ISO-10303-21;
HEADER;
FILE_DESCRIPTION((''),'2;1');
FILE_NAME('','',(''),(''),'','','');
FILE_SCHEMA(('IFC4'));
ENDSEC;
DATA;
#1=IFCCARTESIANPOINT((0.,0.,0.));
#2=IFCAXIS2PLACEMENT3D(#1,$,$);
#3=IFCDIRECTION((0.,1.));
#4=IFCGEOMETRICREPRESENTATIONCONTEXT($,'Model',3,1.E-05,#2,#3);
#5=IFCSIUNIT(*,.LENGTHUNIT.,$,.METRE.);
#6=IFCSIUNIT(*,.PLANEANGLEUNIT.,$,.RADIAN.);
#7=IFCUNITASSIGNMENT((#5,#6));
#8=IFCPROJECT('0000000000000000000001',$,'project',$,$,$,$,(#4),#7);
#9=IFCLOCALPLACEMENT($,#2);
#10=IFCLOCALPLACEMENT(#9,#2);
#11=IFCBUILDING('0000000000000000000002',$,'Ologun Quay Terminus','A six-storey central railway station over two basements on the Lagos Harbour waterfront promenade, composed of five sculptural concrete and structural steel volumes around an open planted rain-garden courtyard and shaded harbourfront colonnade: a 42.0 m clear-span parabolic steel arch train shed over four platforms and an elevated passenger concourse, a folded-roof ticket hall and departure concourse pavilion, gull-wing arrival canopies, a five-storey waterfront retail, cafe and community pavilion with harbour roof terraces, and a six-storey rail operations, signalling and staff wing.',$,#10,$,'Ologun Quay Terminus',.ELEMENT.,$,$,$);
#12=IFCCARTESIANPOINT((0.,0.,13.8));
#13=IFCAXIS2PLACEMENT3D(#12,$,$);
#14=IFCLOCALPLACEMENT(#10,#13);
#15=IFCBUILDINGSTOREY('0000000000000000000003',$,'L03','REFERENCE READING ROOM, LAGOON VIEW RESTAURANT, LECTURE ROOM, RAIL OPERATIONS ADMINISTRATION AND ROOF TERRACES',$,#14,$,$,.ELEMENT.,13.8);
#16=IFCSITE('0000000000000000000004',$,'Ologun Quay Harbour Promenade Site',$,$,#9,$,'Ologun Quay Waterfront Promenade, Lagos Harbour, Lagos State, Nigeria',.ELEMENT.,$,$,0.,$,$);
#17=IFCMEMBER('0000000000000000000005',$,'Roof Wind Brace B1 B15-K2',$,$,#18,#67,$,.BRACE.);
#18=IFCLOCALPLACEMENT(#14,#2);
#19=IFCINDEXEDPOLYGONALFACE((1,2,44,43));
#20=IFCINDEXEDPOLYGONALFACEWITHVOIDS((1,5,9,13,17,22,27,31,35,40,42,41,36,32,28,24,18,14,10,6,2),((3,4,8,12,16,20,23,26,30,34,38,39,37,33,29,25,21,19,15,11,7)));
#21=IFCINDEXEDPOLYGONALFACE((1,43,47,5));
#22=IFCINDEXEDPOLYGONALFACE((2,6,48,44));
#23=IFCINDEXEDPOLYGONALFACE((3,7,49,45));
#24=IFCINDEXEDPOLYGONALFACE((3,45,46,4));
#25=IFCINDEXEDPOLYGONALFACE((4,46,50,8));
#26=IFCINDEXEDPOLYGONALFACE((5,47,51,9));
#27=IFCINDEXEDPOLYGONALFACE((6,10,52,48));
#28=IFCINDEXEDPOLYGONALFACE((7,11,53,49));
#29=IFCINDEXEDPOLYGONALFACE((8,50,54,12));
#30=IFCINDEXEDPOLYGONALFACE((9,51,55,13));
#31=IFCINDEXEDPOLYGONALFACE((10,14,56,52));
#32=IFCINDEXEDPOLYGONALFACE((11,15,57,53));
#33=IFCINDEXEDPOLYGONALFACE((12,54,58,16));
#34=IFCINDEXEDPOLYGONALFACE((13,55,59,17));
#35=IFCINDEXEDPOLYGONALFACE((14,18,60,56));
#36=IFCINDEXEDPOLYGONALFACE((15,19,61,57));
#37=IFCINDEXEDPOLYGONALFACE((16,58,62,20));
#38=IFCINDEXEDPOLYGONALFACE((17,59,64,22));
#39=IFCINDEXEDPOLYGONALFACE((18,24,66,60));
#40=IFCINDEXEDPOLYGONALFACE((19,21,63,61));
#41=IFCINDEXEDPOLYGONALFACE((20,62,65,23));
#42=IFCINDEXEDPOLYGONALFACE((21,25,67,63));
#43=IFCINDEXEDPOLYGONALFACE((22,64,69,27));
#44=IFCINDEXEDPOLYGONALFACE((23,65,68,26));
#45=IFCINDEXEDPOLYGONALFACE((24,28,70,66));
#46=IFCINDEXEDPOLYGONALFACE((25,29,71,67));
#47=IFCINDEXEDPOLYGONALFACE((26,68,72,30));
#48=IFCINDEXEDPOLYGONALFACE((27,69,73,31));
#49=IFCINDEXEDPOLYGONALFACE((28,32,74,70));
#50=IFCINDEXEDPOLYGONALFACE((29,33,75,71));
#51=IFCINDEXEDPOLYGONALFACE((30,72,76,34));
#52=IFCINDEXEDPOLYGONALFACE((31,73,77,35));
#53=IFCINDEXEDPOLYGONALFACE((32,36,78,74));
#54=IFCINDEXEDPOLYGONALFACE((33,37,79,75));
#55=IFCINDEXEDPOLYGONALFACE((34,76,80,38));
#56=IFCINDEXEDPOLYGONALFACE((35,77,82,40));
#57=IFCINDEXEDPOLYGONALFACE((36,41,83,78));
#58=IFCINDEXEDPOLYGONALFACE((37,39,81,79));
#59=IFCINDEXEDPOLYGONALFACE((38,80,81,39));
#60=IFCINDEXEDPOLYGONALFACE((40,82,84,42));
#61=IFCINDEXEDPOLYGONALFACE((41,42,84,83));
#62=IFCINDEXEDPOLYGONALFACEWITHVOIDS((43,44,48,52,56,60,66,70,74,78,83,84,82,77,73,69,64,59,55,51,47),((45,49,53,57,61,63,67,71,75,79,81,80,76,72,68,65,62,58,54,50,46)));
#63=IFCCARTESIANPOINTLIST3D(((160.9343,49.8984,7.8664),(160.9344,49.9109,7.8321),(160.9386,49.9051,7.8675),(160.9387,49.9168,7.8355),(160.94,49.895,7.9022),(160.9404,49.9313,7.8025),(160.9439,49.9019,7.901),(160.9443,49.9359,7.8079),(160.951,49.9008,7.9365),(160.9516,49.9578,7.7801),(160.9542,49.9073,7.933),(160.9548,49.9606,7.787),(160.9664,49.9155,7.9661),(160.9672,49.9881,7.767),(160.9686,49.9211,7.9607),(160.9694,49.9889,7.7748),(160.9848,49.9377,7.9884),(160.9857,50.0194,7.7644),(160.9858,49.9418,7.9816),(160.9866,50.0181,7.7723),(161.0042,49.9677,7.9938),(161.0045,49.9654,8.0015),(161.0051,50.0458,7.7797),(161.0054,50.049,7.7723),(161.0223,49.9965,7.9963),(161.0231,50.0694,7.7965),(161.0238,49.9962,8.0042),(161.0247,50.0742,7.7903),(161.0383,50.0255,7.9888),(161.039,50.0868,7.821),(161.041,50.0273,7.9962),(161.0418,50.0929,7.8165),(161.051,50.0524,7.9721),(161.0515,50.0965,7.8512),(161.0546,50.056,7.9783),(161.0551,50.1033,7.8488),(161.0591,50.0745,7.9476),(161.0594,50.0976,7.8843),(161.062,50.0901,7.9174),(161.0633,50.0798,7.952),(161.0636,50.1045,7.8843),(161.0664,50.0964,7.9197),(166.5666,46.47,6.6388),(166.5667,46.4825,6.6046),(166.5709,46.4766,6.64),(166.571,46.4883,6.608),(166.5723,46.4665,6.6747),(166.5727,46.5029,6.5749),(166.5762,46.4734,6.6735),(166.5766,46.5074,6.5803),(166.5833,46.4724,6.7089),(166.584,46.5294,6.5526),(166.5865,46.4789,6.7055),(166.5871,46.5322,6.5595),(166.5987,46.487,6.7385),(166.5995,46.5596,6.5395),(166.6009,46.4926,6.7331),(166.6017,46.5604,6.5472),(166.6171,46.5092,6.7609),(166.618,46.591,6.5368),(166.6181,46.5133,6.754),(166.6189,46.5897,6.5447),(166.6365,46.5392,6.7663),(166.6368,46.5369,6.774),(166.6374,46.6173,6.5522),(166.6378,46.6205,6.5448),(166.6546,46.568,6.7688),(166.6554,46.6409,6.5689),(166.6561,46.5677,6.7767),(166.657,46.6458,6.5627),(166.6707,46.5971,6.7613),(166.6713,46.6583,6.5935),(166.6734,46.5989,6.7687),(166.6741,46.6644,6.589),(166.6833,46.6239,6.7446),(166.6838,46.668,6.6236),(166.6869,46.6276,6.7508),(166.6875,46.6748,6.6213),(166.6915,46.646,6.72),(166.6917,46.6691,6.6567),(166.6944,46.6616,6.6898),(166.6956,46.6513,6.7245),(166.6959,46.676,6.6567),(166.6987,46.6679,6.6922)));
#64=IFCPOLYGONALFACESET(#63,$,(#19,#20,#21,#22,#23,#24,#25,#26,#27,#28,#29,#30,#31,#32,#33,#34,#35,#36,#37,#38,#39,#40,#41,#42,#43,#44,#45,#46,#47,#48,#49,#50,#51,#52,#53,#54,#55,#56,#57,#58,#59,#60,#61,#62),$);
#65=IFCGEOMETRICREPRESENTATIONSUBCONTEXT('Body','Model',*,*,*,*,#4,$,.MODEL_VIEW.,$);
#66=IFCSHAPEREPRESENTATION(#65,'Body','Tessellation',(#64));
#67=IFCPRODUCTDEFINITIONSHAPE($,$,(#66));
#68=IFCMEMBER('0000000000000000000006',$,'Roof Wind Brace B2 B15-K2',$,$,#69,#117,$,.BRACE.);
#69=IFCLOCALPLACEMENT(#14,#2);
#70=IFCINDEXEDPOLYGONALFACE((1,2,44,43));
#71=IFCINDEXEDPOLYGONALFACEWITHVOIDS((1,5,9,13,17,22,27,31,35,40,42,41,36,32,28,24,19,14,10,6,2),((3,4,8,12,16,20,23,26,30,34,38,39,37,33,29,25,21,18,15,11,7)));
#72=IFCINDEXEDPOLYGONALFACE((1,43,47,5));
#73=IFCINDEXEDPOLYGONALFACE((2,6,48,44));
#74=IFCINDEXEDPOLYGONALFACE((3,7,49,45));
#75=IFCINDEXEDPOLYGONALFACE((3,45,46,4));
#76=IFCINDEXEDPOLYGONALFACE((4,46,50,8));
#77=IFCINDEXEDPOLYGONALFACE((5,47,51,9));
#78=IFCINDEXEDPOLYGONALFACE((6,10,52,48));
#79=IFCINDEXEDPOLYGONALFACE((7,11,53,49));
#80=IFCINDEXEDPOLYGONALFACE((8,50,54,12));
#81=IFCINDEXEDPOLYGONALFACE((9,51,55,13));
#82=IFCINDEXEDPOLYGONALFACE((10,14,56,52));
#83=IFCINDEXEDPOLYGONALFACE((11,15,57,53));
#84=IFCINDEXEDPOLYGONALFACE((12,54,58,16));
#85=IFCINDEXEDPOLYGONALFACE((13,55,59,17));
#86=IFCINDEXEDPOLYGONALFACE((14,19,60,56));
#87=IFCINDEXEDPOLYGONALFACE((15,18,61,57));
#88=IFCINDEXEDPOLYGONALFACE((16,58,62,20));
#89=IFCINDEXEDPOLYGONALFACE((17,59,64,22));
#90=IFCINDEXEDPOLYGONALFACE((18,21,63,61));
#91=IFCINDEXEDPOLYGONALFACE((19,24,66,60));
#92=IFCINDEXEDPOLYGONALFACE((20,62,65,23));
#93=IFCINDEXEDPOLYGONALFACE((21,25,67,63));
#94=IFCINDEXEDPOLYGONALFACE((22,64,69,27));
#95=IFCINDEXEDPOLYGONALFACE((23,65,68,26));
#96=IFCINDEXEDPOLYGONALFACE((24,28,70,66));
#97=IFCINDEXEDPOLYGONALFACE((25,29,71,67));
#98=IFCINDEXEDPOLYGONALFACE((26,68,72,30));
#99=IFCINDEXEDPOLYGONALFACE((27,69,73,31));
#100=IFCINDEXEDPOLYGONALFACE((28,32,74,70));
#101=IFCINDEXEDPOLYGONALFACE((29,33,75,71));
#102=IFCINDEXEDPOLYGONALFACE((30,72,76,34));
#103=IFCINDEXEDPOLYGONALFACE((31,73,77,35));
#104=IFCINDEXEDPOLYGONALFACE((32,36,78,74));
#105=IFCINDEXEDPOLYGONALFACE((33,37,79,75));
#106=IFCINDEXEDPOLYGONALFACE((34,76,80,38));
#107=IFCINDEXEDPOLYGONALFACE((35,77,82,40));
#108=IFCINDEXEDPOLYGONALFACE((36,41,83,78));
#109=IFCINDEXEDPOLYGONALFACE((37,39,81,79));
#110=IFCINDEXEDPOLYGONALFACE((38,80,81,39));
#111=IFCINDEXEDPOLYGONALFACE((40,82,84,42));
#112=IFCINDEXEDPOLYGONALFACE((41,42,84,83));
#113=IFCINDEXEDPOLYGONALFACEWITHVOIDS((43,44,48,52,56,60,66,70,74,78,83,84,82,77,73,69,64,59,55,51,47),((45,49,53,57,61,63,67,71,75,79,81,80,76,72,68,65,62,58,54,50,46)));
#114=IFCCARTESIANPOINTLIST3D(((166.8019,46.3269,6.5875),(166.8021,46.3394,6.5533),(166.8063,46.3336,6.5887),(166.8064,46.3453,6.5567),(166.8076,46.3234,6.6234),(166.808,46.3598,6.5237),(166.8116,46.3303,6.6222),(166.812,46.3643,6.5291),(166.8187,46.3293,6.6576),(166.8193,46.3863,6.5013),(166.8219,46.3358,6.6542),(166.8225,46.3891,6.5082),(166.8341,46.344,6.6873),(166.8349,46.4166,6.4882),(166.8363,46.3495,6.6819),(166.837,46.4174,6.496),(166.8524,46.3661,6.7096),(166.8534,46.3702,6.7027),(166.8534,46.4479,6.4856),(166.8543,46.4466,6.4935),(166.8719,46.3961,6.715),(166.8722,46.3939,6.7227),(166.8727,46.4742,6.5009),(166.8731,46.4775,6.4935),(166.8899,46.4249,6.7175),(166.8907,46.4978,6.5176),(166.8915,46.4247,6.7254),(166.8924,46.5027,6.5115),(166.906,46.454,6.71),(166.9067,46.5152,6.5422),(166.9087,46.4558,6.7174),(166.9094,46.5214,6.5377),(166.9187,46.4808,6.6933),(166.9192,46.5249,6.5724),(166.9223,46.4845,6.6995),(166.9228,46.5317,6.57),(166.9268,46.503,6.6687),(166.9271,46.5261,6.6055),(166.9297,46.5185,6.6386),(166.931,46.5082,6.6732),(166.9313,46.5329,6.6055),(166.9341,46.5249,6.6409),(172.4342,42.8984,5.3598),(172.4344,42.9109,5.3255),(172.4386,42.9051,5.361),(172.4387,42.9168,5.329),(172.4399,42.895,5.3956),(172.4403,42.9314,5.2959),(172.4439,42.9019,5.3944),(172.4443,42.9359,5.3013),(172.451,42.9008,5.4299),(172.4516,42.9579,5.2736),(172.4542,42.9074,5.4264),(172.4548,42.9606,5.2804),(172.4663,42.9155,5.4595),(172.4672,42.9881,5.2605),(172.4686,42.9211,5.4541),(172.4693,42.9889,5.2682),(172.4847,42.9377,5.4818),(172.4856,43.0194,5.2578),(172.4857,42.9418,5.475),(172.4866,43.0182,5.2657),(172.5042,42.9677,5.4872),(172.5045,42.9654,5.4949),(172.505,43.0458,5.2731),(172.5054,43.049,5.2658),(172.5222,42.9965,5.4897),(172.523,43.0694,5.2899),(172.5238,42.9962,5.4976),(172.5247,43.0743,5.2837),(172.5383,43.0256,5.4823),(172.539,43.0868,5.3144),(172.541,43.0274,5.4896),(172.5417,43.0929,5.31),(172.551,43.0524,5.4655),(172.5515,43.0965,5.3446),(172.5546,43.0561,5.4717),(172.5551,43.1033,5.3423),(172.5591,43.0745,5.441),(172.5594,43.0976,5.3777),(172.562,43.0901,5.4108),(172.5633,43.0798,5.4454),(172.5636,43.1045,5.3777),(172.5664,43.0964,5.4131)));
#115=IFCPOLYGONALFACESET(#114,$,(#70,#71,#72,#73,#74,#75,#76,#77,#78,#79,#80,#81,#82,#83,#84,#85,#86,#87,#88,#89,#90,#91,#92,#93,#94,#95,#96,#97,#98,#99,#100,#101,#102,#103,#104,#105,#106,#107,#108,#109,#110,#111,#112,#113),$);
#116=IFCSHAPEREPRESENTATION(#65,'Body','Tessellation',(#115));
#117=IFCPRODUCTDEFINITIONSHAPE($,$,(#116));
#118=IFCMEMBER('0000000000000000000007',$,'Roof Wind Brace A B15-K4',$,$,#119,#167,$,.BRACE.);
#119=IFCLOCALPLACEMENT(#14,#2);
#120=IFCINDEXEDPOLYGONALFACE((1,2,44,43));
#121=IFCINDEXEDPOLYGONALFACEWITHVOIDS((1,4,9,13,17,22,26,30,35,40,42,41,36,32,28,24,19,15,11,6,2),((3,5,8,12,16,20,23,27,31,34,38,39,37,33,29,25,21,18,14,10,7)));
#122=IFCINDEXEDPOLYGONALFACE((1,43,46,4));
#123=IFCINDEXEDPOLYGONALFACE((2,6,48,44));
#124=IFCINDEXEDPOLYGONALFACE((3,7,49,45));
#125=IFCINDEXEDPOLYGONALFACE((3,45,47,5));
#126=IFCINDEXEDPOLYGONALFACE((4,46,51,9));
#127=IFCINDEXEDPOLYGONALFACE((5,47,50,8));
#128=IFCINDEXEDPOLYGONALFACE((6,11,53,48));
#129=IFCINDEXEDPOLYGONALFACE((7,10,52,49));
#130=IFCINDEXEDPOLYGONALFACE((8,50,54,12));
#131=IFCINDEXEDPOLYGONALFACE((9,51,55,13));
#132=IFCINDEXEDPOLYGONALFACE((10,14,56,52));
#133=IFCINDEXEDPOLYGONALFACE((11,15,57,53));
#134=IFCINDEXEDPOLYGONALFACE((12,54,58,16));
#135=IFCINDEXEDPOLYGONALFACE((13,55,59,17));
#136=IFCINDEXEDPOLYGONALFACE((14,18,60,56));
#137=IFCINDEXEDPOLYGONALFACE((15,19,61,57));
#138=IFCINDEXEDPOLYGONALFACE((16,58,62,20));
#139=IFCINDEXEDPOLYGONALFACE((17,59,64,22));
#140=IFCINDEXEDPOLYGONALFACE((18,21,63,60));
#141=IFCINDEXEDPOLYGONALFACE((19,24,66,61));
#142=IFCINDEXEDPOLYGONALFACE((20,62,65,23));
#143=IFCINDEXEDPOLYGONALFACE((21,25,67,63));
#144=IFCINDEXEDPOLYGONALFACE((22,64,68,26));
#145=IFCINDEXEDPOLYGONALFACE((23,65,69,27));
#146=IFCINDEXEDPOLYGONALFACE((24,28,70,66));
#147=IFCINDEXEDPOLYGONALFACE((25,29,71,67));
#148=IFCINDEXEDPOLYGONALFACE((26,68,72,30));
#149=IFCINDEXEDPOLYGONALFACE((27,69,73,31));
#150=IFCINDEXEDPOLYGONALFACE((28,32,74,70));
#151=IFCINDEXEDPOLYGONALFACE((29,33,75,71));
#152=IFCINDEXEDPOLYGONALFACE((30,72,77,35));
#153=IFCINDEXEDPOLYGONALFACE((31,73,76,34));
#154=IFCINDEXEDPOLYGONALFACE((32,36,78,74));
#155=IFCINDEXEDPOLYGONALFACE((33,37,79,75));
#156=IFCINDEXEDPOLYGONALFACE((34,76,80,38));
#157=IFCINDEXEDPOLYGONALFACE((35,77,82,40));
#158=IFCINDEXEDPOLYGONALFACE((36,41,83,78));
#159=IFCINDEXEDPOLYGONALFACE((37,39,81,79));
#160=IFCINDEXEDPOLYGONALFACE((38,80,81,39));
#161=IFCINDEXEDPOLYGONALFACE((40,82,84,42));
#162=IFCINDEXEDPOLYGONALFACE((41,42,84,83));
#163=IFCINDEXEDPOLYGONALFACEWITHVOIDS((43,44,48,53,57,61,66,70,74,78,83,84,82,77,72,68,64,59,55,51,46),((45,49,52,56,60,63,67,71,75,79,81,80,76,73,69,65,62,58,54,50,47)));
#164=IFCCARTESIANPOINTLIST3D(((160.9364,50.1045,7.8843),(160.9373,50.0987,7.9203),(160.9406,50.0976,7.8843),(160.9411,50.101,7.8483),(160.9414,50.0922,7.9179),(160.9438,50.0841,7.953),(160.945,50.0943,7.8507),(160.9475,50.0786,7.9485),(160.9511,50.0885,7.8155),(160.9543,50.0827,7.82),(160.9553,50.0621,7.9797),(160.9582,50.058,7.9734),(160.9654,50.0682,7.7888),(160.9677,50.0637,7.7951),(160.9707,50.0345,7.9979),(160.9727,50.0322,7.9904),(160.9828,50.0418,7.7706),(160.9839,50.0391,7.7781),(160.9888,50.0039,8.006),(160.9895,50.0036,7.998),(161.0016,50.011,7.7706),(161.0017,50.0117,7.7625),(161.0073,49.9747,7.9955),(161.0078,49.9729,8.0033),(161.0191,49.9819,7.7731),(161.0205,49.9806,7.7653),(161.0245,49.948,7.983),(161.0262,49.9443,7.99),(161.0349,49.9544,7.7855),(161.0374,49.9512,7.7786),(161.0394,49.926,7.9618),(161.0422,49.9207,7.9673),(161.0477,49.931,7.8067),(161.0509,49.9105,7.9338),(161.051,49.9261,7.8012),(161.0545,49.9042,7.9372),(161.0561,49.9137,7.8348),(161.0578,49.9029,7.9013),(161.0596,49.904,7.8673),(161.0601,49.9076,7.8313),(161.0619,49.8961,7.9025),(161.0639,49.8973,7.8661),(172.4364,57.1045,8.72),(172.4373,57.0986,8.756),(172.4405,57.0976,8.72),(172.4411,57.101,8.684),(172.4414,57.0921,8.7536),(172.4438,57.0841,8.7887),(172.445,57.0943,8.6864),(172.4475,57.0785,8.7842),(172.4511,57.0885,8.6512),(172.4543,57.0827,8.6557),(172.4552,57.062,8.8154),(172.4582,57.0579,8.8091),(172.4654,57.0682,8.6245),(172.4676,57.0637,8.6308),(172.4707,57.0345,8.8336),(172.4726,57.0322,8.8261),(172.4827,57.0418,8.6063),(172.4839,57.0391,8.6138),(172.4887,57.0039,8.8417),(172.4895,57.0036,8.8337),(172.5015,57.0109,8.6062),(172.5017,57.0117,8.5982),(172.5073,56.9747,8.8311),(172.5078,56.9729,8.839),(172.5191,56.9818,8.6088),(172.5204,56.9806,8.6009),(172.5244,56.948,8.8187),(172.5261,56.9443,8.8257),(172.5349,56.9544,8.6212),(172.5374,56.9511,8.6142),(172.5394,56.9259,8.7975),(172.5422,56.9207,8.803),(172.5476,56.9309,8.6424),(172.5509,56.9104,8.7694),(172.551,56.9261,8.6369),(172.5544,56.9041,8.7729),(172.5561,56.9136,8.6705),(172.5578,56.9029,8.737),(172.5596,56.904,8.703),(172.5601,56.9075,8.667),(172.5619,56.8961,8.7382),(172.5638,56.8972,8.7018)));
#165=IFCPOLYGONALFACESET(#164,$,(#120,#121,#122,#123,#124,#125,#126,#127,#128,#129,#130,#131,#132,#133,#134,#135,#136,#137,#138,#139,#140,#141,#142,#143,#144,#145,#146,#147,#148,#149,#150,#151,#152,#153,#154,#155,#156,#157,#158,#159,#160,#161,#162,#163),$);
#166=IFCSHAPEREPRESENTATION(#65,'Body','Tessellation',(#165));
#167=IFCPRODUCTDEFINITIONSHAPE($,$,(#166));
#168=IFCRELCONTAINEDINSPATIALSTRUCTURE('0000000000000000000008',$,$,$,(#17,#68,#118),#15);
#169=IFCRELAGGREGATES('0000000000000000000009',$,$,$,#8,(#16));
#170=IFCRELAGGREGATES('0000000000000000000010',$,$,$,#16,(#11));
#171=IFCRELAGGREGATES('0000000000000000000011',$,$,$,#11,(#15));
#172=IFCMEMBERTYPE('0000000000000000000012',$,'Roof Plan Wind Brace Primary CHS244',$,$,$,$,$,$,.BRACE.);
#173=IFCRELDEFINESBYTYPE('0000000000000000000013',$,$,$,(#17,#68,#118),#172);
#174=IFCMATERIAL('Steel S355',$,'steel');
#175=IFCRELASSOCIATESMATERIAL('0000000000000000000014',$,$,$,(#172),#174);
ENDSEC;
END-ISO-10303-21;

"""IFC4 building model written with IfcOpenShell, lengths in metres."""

from ifc_helpers import new_model, si_unit, direction, frame, origin, origin_2d, place, context, subcontext, project, spatial, hollow_circle, extrude, material, material_profile, profile_set, type_object, element, save


model = new_model("IFC4")

# Units and contexts
model_context = context("Model", 3, precision=1e-05, world=origin(), true_north=direction((0.0, 1.0)))
body_context = subcontext(model_context, "Body", "Model", "MODEL_VIEW")
ifc_project = project(units=[si_unit("LENGTHUNIT", "METRE"), si_unit("PLANEANGLEUNIT", "RADIAN")], contexts=[model_context])

# Site, building, storey
site_placement = place(None, origin())
site = spatial("IfcSite", under=ifc_project, at=site_placement, Name="Ologun Quay Harbour Promenade Site", LongName="Ologun Quay Waterfront Promenade, Lagos Harbour, Lagos State, Nigeria", CompositionType="ELEMENT", RefElevation=0.0)
building_placement = place(site_placement, origin())
building = spatial("IfcBuilding", under=site, at=building_placement, Name="Ologun Quay Terminus", Description="A six-storey central railway station over two basements on the Lagos Harbour waterfront promenade, composed of five sculptural concrete and structural steel volumes around an open planted rain-garden courtyard and shaded harbourfront colonnade: a 42.0 m clear-span parabolic steel arch train shed over four platforms and an elevated passenger concourse, a folded-roof ticket hall and departure concourse pavilion, gull-wing arrival canopies, a five-storey waterfront retail, cafe and community pavilion with harbour roof terraces, and a six-storey rail operations, signalling and staff wing.", LongName="Ologun Quay Terminus", CompositionType="ELEMENT")
storey_placement = place(building_placement, frame((0.0, 0.0, 13.8)))
storey = spatial("IfcBuildingStorey", under=building, at=storey_placement, Name="L03", Description="REFERENCE READING ROOM, LAGOON VIEW RESTAURANT, LECTURE ROOM, RAIL OPERATIONS ADMINISTRATION AND ROOF TERRACES", CompositionType="ELEMENT", Elevation=13.8)

# Members
ifc_material_1 = material(Name="Steel S355", Category="steel")
ifc_material_profile_1 = material_profile(ifc_material_1, hollow_circle(Radius=0.1223, WallThickness=0.0081, at=origin_2d()), Name="CHS 244.5x8")
ifc_profile_set_1 = profile_set([ifc_material_profile_1], Name="Steel S355")
member_type_1 = type_object("IfcMemberType", Name="Roof Plan Wind Brace Primary CHS244", PredefinedType="BRACE", material=ifc_profile_set_1)
for number, where, z_axis, x_axis, name in (
    (1, (161.0, 50.0, 7.8843), (0.839764, -0.511175, -0.183023), (0.519958, 0.854192, 0.0), "Roof Wind Brace B1 B15-K2"),
    (2, (166.8677, 46.4285, 6.6055), (0.839758, -0.511171, -0.183058), (0.519958, 0.854192, 0.0), "Roof Wind Brace B2 B15-K2"),
):
    element("IfcMember", number, at=place(storey_placement, frame(where, z_axis=z_axis, x_axis=x_axis)), inside=storey, type_object=member_type_1, Name=name, PredefinedType="BRACE", context=body_context, shape_type="SweptSolid", body=[
        extrude(hollow_circle(Radius=0.1223, WallThickness=0.0081, at=origin_2d()), origin(), (0.0, 0.0, 1.0), 6.707),
    ])
member_1_placement = place(storey_placement, frame((161.0, 50.0, 7.8843), z_axis=(0.852558, 0.518948, 0.061954), x_axis=(-0.519947, 0.854199, 0.0)))
element("IfcMember", 3, at=member_1_placement, inside=storey, type_object=member_type_1, Name="Roof Wind Brace A B15-K4", PredefinedType="BRACE", context=body_context, shape_type="SweptSolid", body=[
    extrude(hollow_circle(Radius=0.1223, WallThickness=0.0081, at=origin_2d()), origin(), (0.0, 0.0, 1.0), 13.4888),
])

save(model, "model.ifc")
